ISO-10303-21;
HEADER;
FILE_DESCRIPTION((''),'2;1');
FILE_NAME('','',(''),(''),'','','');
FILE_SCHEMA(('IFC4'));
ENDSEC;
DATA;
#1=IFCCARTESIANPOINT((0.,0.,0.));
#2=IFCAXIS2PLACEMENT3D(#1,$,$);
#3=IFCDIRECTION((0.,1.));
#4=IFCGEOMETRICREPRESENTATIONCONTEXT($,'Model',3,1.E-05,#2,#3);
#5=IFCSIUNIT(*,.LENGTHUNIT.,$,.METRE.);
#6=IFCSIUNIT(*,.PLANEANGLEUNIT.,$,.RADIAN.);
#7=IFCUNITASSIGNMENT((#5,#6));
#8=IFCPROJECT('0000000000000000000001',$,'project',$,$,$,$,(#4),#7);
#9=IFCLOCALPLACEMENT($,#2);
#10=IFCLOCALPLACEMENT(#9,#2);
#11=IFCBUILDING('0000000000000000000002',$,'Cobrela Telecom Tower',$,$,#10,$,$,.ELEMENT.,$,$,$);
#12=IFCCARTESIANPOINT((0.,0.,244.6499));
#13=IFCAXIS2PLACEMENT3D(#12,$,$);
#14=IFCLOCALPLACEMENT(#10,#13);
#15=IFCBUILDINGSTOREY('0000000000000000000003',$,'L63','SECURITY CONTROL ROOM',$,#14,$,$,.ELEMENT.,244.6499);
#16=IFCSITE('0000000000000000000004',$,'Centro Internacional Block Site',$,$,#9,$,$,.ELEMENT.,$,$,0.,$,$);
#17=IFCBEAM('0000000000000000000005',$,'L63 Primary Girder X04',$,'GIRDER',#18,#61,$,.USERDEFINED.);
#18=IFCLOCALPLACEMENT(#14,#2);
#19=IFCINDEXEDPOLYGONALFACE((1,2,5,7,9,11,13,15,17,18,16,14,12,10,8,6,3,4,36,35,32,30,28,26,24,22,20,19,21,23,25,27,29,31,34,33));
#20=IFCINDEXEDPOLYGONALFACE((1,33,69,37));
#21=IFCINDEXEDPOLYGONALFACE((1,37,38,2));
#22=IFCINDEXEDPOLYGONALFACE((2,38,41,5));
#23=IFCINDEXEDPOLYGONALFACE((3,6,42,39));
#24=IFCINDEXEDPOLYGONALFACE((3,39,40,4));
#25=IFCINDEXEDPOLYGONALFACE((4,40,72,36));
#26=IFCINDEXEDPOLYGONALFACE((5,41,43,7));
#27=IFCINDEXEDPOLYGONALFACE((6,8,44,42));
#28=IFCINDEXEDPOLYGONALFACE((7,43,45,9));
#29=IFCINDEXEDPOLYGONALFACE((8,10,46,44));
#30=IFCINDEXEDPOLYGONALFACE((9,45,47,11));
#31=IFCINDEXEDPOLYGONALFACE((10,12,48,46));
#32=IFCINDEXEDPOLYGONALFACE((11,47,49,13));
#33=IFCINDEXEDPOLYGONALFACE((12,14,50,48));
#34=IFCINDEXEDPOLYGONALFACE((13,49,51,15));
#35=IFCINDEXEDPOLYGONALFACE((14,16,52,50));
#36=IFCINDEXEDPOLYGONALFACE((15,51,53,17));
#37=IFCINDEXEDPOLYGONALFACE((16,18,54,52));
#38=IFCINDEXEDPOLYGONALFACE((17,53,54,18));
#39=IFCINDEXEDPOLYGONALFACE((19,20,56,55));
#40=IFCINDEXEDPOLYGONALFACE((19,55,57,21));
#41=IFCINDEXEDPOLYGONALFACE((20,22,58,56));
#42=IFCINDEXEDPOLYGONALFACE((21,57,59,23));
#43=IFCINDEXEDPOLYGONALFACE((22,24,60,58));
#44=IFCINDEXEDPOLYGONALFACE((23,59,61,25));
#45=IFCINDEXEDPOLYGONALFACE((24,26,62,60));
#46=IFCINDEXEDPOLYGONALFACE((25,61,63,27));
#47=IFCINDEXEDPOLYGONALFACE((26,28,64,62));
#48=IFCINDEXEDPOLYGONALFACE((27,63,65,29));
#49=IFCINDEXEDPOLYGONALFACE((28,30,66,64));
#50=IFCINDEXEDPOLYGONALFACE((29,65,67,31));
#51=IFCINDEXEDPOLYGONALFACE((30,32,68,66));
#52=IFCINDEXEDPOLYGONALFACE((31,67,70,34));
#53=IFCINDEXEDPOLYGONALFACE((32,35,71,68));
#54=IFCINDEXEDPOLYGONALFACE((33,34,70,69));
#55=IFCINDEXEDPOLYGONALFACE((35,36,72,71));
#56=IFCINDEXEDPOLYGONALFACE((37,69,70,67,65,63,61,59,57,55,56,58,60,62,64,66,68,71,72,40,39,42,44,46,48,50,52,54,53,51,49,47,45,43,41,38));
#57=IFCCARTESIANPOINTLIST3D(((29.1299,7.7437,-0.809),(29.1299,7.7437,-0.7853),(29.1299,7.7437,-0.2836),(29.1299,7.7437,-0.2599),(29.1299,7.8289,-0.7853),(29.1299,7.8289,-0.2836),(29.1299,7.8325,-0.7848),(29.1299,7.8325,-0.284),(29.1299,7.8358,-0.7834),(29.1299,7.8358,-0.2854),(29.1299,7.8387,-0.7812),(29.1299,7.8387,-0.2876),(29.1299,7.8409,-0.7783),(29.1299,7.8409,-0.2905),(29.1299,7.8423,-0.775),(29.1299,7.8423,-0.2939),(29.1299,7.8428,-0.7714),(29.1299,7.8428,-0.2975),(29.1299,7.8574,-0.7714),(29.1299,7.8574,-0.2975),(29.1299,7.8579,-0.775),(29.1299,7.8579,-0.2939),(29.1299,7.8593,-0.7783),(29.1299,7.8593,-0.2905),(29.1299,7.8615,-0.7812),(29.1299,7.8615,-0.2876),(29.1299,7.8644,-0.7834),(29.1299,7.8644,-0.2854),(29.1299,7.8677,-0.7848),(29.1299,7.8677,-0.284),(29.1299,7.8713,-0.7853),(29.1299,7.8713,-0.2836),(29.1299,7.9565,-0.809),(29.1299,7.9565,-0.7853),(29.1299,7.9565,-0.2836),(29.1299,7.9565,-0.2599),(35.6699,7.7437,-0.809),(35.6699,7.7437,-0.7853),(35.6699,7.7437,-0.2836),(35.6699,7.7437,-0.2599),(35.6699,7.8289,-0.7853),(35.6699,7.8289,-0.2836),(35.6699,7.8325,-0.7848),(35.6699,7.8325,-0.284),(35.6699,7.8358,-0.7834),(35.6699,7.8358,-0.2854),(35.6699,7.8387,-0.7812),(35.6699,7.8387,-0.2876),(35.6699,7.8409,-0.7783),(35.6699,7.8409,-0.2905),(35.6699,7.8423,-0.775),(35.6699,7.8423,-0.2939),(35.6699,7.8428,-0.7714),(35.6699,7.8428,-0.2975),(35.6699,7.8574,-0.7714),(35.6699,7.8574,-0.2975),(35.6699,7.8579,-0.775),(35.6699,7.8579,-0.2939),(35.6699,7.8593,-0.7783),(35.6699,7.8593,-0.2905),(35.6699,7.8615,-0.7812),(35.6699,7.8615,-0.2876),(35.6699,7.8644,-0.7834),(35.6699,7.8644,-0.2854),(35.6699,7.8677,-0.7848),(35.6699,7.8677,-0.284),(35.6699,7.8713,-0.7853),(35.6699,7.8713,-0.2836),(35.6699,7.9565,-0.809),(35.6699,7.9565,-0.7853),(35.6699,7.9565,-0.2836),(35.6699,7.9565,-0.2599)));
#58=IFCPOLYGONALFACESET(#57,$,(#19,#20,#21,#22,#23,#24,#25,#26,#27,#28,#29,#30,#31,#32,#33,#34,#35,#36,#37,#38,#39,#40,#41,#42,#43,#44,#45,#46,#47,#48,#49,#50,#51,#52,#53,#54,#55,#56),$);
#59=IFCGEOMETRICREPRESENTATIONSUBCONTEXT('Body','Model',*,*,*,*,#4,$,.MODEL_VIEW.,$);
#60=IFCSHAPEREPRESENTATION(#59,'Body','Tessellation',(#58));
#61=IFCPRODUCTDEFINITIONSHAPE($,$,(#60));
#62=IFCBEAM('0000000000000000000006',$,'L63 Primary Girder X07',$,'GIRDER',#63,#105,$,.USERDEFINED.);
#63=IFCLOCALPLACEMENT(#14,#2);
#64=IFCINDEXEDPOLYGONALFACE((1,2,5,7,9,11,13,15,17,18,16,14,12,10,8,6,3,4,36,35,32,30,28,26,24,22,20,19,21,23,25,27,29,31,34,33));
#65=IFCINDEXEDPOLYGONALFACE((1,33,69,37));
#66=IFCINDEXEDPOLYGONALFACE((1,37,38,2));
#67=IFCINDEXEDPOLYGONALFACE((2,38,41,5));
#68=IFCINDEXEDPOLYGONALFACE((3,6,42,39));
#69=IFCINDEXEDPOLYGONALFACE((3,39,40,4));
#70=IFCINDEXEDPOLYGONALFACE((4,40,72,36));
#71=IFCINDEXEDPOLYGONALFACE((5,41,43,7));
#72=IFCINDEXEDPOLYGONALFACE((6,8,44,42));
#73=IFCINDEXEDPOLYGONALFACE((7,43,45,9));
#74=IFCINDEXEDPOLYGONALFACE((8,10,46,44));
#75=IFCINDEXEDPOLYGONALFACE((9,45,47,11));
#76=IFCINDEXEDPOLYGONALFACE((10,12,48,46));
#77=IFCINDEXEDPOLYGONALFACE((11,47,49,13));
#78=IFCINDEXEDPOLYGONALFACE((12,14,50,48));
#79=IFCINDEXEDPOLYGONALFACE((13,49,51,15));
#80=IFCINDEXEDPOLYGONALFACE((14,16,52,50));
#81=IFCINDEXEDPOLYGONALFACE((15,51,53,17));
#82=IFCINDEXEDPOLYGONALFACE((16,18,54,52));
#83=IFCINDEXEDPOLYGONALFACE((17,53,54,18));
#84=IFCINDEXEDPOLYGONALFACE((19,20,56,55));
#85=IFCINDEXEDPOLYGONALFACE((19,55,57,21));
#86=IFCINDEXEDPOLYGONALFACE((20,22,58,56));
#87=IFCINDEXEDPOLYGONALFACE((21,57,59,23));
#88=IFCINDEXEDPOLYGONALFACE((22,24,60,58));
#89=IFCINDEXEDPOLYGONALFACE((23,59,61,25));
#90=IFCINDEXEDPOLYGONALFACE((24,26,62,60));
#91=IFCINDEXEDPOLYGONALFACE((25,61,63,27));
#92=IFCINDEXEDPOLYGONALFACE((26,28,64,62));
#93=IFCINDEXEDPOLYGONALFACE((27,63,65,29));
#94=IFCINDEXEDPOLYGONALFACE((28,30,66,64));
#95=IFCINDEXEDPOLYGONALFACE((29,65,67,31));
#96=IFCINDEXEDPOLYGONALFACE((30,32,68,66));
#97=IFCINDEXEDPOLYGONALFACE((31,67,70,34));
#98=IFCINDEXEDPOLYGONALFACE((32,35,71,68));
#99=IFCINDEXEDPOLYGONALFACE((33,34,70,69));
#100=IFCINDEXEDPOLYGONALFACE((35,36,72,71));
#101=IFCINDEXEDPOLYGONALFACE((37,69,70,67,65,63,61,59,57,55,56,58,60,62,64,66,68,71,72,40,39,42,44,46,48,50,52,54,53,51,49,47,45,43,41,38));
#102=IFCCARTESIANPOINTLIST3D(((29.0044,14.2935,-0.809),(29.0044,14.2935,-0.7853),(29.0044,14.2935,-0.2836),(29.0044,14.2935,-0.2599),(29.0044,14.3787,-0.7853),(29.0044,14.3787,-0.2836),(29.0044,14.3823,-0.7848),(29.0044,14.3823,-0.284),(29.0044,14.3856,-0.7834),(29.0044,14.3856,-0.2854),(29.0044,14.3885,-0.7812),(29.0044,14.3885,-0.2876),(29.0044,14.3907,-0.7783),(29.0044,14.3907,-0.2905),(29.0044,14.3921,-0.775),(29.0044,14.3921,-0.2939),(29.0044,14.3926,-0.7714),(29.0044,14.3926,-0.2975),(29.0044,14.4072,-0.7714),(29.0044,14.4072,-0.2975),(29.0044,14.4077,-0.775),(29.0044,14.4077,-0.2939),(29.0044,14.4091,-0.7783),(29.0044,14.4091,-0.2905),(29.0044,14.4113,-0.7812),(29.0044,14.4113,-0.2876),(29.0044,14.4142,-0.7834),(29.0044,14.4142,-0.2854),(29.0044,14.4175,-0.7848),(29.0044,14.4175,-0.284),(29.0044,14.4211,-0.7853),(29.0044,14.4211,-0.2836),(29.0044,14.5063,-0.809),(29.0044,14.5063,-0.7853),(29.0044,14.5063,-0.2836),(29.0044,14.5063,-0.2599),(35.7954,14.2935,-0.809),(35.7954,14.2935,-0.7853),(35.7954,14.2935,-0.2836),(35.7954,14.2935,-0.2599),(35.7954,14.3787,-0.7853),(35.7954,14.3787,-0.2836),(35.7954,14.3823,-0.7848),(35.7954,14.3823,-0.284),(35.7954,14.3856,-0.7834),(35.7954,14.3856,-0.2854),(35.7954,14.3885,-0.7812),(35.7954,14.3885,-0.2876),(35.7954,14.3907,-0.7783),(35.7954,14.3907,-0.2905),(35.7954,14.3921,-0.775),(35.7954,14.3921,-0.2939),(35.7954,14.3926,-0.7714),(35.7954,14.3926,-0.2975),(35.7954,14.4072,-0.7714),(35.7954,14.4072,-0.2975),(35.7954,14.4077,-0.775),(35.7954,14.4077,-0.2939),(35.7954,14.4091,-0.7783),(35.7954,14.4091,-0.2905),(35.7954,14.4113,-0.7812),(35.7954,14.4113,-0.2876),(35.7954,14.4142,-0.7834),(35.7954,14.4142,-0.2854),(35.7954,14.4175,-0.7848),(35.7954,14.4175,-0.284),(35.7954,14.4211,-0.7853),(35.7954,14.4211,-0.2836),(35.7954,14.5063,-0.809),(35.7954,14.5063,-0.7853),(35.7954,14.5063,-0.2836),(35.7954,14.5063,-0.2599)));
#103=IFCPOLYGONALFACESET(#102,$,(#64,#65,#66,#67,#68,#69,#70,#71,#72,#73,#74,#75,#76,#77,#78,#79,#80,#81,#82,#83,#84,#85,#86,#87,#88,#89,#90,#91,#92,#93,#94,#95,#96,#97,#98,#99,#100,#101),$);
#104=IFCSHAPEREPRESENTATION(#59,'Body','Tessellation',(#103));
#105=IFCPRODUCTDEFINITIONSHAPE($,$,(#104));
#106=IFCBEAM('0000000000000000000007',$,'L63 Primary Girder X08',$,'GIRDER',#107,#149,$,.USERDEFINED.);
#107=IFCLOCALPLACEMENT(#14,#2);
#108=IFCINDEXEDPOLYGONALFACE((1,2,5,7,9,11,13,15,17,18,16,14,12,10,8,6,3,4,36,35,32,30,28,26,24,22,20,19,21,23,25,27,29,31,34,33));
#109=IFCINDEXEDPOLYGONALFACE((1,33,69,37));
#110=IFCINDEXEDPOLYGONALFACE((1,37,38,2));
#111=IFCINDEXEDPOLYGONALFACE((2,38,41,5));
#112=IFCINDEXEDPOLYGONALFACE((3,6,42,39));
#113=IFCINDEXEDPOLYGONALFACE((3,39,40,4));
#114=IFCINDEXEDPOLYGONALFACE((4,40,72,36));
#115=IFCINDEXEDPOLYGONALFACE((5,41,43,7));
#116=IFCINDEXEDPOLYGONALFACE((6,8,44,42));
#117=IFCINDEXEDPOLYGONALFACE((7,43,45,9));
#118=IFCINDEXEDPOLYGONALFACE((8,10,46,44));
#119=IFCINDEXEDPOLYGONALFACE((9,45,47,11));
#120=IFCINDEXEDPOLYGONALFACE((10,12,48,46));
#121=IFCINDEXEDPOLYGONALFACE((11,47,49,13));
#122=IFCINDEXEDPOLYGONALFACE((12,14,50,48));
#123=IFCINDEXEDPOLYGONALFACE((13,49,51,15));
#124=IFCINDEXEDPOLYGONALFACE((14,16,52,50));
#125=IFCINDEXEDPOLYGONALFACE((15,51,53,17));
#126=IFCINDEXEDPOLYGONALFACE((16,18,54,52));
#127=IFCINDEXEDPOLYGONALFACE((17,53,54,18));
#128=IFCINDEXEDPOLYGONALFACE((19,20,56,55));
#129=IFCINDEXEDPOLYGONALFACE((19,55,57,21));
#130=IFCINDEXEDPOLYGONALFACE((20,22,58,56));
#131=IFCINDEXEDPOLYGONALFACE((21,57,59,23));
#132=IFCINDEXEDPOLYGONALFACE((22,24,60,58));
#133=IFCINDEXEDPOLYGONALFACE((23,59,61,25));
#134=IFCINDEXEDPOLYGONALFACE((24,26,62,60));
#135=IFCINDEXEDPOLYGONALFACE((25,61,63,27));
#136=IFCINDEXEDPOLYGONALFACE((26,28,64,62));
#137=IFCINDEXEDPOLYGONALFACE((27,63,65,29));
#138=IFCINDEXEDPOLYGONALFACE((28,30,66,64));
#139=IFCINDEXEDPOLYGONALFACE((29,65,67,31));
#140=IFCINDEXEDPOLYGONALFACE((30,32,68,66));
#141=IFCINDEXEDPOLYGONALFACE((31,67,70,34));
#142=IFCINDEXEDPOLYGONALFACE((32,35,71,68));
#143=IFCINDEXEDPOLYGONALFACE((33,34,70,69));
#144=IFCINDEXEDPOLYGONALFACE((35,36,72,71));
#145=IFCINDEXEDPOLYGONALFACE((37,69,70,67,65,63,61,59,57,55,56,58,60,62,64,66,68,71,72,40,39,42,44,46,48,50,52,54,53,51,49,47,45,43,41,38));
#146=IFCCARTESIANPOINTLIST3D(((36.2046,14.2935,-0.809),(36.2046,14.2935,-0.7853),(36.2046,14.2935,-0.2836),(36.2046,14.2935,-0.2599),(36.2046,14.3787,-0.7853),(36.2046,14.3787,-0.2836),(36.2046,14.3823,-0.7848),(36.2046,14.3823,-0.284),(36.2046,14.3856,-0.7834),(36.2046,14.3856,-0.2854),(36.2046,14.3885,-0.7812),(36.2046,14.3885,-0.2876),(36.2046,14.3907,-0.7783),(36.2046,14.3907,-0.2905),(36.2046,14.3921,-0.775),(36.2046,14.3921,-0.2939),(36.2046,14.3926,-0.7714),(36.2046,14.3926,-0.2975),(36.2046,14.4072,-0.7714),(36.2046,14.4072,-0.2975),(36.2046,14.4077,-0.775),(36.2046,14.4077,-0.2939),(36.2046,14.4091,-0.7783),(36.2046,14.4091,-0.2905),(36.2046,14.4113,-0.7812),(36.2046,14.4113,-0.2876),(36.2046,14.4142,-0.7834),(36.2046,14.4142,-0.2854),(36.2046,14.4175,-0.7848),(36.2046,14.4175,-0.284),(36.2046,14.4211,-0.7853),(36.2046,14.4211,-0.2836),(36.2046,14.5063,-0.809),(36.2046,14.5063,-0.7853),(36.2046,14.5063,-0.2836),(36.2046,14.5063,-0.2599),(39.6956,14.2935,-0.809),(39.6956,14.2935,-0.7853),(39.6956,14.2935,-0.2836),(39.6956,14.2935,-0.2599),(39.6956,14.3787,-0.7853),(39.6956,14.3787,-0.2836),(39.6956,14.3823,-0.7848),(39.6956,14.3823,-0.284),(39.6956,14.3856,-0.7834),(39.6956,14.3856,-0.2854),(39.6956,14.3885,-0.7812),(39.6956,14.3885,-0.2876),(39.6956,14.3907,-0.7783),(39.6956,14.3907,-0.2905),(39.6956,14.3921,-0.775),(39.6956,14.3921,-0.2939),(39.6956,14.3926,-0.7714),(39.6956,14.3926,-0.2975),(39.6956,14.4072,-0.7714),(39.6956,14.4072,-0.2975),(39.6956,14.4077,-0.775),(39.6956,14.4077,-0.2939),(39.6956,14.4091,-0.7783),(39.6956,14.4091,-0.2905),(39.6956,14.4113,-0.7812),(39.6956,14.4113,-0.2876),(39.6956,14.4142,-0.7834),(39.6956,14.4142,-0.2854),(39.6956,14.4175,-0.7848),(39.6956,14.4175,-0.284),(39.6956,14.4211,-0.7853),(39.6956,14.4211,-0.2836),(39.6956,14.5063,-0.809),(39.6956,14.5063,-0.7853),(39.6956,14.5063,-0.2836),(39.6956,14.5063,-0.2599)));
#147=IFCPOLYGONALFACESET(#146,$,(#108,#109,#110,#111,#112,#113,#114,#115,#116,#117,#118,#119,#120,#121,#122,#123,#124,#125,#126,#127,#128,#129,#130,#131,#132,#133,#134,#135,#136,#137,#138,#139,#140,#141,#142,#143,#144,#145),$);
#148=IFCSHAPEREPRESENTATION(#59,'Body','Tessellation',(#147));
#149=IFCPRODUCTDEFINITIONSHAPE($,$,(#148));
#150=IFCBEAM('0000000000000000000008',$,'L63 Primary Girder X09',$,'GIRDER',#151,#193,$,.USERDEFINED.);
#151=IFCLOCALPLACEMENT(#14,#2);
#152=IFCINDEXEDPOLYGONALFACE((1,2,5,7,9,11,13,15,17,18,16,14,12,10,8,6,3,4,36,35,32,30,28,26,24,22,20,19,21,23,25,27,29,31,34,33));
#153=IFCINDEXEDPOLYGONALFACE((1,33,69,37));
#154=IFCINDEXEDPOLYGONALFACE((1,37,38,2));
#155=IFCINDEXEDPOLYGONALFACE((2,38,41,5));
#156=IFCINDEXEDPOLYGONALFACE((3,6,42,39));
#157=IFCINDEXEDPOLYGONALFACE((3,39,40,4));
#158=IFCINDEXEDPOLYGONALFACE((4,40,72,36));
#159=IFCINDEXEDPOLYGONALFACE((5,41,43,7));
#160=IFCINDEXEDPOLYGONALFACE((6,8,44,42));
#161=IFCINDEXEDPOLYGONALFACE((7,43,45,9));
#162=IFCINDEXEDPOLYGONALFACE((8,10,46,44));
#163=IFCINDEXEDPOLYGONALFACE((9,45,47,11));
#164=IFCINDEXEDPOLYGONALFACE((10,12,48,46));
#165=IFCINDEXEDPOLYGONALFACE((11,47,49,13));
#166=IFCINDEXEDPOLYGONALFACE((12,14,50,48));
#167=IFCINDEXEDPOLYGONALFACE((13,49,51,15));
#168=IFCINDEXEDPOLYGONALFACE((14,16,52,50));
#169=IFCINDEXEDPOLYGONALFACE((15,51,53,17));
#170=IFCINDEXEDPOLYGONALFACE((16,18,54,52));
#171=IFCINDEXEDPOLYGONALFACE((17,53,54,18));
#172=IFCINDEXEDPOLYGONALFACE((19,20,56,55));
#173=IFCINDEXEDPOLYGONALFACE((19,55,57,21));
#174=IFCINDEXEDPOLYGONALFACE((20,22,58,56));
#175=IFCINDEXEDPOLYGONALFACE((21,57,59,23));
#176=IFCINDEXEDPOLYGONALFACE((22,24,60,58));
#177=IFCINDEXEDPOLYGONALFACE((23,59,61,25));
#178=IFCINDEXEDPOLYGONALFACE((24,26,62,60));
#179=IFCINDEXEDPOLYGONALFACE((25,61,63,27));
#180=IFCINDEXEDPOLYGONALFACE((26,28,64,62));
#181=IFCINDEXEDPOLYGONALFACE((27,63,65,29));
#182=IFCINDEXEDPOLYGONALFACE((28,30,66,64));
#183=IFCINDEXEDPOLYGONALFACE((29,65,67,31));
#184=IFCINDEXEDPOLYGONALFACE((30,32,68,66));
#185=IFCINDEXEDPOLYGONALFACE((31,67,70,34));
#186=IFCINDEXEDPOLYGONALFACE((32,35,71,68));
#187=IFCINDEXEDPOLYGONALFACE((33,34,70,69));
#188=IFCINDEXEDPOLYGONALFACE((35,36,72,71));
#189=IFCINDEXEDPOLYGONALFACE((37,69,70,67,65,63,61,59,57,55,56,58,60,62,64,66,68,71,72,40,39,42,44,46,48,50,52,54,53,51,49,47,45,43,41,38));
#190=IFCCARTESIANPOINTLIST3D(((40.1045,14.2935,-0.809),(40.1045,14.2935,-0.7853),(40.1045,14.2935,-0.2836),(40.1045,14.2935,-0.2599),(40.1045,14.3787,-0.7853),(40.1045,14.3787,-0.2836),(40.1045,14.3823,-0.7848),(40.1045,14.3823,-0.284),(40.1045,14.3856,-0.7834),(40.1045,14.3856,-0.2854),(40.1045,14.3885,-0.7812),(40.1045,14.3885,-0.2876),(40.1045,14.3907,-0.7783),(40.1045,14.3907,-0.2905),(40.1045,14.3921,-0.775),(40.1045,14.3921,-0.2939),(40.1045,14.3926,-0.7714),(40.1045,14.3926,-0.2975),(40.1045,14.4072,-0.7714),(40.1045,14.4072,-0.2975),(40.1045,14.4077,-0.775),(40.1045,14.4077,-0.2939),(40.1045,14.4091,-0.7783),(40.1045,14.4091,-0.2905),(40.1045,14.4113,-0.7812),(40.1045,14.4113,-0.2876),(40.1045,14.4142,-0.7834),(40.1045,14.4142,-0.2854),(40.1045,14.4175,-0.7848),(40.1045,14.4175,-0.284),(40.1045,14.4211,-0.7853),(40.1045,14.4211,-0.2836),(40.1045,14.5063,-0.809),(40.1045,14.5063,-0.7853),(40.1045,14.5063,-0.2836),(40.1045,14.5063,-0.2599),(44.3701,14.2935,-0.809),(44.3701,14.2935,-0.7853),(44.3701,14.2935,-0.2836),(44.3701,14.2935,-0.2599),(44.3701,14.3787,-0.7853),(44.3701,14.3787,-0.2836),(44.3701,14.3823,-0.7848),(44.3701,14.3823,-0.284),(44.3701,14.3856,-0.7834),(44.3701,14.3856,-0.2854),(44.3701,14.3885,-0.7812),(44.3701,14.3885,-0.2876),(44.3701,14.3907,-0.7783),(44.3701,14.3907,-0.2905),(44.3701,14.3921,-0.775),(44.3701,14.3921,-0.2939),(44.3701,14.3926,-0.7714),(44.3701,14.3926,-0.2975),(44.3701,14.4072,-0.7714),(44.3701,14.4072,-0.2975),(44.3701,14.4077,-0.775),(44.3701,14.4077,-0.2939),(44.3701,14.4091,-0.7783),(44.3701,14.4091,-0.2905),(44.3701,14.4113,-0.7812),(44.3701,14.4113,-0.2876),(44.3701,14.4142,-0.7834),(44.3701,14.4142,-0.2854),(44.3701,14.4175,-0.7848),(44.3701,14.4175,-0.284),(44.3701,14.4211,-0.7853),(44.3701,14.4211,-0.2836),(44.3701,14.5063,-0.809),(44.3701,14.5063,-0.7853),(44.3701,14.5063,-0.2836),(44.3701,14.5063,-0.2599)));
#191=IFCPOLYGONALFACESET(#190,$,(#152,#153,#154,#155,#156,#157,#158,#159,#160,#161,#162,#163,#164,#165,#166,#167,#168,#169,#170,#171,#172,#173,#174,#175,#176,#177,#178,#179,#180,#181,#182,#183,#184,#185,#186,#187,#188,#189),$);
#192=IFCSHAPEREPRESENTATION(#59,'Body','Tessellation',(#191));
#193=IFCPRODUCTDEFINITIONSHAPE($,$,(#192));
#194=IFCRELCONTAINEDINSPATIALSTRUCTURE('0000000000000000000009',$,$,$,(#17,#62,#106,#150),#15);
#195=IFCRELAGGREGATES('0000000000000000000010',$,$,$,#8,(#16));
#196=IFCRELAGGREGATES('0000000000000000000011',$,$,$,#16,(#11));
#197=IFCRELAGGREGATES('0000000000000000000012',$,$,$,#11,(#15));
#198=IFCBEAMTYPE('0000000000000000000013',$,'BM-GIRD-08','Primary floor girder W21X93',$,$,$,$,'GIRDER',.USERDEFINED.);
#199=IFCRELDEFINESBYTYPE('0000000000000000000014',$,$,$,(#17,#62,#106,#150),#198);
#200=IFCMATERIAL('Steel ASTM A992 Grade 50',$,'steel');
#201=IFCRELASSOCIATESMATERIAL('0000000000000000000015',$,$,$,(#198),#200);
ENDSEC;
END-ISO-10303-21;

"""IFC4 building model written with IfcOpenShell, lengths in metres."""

from ifc_helpers import new_model, si_unit, direction, frame, origin, origin_2d, place, context, subcontext, project, spatial, i_section, extrude, material, material_profile, profile_set, type_object, element, save


model = new_model("IFC4")

# Units and contexts
model_context = context("Model", 3, precision=1e-05, world=origin(), true_north=direction((0.0, 1.0)))
body_context = subcontext(model_context, "Body", "Model", "MODEL_VIEW")
ifc_project = project(units=[si_unit("LENGTHUNIT", "METRE"), si_unit("PLANEANGLEUNIT", "RADIAN")], contexts=[model_context])

# Site, building, storey
site_placement = place(None, origin())
site = spatial("IfcSite", under=ifc_project, at=site_placement, Name="Centro Internacional Block Site", CompositionType="ELEMENT", RefElevation=0.0)
building_placement = place(site_placement, origin())
building = spatial("IfcBuilding", under=site, at=building_placement, Name="Cobrela Telecom Tower", CompositionType="ELEMENT")
storey_placement = place(building_placement, frame((0.0, 0.0, 244.6499)))
storey = spatial("IfcBuildingStorey", under=building, at=storey_placement, Name="L63", Description="SECURITY CONTROL ROOM", CompositionType="ELEMENT", Elevation=244.6499)

# Shared definitions
ifc_material_1 = material(Name="Steel ASTM A992 Grade 50", Category="steel")

# Beams
ifc_material_profile_1 = material_profile(ifc_material_1, i_section(OverallWidth=0.2129, OverallDepth=0.5491, WebThickness=0.0146, FlangeThickness=0.0237, FilletRadius=0.0139, at=origin_2d()), Name="W21X93")
ifc_profile_set_1 = profile_set([ifc_material_profile_1], Name="Steel ASTM A992 Grade 50")
beam_type_1 = type_object("IfcBeamType", Name="BM-GIRD-08", Description="Primary floor girder W21X93", ElementType="GIRDER", PredefinedType="USERDEFINED", material=ifc_profile_set_1)
beam_1_placement = place(storey_placement, frame((29.1299, 7.8501, -0.5344), z_axis=(1.0, 0.0, 0.0), x_axis=(0.0, 1.0, 0.0)))
element("IfcBeam", 1, at=beam_1_placement, inside=storey, type_object=beam_type_1, Name="L63 Primary Girder X04", ObjectType="GIRDER", PredefinedType="USERDEFINED", context=body_context, shape_type="SweptSolid", body=[
    extrude(i_section(OverallWidth=0.2129, OverallDepth=0.5491, WebThickness=0.0146, FlangeThickness=0.0237, FilletRadius=0.0139, at=origin_2d()), origin(), (0.0, 0.0, 1.0), 6.54),
])
beam_2_placement = place(storey_placement, frame((29.0044, 14.3999, -0.5344), z_axis=(1.0, 0.0, 0.0), x_axis=(0.0, 1.0, 0.0)))
element("IfcBeam", 2, at=beam_2_placement, inside=storey, type_object=beam_type_1, Name="L63 Primary Girder X07", ObjectType="GIRDER", PredefinedType="USERDEFINED", context=body_context, shape_type="SweptSolid", body=[
    extrude(i_section(OverallWidth=0.2129, OverallDepth=0.5491, WebThickness=0.0146, FlangeThickness=0.0237, FilletRadius=0.0139, at=origin_2d()), origin(), (0.0, 0.0, 1.0), 6.791),
])
beam_3_placement = place(storey_placement, frame((36.2046, 14.3999, -0.5344), z_axis=(1.0, 0.0, 0.0), x_axis=(0.0, 1.0, 0.0)))
element("IfcBeam", 3, at=beam_3_placement, inside=storey, type_object=beam_type_1, Name="L63 Primary Girder X08", ObjectType="GIRDER", PredefinedType="USERDEFINED", context=body_context, shape_type="SweptSolid", body=[
    extrude(i_section(OverallWidth=0.2129, OverallDepth=0.5491, WebThickness=0.0146, FlangeThickness=0.0237, FilletRadius=0.0139, at=origin_2d()), origin(), (0.0, 0.0, 1.0), 3.491),
])
beam_4_placement = place(storey_placement, frame((40.1045, 14.3999, -0.5344), z_axis=(1.0, 0.0, 0.0), x_axis=(0.0, 1.0, 0.0)))
element("IfcBeam", 4, at=beam_4_placement, inside=storey, type_object=beam_type_1, Name="L63 Primary Girder X09", ObjectType="GIRDER", PredefinedType="USERDEFINED", context=body_context, shape_type="SweptSolid", body=[
    extrude(i_section(OverallWidth=0.2129, OverallDepth=0.5491, WebThickness=0.0146, FlangeThickness=0.0237, FilletRadius=0.0139, at=origin_2d()), origin(), (0.0, 0.0, 1.0), 4.2656),
])

save(model, "model.ifc")
